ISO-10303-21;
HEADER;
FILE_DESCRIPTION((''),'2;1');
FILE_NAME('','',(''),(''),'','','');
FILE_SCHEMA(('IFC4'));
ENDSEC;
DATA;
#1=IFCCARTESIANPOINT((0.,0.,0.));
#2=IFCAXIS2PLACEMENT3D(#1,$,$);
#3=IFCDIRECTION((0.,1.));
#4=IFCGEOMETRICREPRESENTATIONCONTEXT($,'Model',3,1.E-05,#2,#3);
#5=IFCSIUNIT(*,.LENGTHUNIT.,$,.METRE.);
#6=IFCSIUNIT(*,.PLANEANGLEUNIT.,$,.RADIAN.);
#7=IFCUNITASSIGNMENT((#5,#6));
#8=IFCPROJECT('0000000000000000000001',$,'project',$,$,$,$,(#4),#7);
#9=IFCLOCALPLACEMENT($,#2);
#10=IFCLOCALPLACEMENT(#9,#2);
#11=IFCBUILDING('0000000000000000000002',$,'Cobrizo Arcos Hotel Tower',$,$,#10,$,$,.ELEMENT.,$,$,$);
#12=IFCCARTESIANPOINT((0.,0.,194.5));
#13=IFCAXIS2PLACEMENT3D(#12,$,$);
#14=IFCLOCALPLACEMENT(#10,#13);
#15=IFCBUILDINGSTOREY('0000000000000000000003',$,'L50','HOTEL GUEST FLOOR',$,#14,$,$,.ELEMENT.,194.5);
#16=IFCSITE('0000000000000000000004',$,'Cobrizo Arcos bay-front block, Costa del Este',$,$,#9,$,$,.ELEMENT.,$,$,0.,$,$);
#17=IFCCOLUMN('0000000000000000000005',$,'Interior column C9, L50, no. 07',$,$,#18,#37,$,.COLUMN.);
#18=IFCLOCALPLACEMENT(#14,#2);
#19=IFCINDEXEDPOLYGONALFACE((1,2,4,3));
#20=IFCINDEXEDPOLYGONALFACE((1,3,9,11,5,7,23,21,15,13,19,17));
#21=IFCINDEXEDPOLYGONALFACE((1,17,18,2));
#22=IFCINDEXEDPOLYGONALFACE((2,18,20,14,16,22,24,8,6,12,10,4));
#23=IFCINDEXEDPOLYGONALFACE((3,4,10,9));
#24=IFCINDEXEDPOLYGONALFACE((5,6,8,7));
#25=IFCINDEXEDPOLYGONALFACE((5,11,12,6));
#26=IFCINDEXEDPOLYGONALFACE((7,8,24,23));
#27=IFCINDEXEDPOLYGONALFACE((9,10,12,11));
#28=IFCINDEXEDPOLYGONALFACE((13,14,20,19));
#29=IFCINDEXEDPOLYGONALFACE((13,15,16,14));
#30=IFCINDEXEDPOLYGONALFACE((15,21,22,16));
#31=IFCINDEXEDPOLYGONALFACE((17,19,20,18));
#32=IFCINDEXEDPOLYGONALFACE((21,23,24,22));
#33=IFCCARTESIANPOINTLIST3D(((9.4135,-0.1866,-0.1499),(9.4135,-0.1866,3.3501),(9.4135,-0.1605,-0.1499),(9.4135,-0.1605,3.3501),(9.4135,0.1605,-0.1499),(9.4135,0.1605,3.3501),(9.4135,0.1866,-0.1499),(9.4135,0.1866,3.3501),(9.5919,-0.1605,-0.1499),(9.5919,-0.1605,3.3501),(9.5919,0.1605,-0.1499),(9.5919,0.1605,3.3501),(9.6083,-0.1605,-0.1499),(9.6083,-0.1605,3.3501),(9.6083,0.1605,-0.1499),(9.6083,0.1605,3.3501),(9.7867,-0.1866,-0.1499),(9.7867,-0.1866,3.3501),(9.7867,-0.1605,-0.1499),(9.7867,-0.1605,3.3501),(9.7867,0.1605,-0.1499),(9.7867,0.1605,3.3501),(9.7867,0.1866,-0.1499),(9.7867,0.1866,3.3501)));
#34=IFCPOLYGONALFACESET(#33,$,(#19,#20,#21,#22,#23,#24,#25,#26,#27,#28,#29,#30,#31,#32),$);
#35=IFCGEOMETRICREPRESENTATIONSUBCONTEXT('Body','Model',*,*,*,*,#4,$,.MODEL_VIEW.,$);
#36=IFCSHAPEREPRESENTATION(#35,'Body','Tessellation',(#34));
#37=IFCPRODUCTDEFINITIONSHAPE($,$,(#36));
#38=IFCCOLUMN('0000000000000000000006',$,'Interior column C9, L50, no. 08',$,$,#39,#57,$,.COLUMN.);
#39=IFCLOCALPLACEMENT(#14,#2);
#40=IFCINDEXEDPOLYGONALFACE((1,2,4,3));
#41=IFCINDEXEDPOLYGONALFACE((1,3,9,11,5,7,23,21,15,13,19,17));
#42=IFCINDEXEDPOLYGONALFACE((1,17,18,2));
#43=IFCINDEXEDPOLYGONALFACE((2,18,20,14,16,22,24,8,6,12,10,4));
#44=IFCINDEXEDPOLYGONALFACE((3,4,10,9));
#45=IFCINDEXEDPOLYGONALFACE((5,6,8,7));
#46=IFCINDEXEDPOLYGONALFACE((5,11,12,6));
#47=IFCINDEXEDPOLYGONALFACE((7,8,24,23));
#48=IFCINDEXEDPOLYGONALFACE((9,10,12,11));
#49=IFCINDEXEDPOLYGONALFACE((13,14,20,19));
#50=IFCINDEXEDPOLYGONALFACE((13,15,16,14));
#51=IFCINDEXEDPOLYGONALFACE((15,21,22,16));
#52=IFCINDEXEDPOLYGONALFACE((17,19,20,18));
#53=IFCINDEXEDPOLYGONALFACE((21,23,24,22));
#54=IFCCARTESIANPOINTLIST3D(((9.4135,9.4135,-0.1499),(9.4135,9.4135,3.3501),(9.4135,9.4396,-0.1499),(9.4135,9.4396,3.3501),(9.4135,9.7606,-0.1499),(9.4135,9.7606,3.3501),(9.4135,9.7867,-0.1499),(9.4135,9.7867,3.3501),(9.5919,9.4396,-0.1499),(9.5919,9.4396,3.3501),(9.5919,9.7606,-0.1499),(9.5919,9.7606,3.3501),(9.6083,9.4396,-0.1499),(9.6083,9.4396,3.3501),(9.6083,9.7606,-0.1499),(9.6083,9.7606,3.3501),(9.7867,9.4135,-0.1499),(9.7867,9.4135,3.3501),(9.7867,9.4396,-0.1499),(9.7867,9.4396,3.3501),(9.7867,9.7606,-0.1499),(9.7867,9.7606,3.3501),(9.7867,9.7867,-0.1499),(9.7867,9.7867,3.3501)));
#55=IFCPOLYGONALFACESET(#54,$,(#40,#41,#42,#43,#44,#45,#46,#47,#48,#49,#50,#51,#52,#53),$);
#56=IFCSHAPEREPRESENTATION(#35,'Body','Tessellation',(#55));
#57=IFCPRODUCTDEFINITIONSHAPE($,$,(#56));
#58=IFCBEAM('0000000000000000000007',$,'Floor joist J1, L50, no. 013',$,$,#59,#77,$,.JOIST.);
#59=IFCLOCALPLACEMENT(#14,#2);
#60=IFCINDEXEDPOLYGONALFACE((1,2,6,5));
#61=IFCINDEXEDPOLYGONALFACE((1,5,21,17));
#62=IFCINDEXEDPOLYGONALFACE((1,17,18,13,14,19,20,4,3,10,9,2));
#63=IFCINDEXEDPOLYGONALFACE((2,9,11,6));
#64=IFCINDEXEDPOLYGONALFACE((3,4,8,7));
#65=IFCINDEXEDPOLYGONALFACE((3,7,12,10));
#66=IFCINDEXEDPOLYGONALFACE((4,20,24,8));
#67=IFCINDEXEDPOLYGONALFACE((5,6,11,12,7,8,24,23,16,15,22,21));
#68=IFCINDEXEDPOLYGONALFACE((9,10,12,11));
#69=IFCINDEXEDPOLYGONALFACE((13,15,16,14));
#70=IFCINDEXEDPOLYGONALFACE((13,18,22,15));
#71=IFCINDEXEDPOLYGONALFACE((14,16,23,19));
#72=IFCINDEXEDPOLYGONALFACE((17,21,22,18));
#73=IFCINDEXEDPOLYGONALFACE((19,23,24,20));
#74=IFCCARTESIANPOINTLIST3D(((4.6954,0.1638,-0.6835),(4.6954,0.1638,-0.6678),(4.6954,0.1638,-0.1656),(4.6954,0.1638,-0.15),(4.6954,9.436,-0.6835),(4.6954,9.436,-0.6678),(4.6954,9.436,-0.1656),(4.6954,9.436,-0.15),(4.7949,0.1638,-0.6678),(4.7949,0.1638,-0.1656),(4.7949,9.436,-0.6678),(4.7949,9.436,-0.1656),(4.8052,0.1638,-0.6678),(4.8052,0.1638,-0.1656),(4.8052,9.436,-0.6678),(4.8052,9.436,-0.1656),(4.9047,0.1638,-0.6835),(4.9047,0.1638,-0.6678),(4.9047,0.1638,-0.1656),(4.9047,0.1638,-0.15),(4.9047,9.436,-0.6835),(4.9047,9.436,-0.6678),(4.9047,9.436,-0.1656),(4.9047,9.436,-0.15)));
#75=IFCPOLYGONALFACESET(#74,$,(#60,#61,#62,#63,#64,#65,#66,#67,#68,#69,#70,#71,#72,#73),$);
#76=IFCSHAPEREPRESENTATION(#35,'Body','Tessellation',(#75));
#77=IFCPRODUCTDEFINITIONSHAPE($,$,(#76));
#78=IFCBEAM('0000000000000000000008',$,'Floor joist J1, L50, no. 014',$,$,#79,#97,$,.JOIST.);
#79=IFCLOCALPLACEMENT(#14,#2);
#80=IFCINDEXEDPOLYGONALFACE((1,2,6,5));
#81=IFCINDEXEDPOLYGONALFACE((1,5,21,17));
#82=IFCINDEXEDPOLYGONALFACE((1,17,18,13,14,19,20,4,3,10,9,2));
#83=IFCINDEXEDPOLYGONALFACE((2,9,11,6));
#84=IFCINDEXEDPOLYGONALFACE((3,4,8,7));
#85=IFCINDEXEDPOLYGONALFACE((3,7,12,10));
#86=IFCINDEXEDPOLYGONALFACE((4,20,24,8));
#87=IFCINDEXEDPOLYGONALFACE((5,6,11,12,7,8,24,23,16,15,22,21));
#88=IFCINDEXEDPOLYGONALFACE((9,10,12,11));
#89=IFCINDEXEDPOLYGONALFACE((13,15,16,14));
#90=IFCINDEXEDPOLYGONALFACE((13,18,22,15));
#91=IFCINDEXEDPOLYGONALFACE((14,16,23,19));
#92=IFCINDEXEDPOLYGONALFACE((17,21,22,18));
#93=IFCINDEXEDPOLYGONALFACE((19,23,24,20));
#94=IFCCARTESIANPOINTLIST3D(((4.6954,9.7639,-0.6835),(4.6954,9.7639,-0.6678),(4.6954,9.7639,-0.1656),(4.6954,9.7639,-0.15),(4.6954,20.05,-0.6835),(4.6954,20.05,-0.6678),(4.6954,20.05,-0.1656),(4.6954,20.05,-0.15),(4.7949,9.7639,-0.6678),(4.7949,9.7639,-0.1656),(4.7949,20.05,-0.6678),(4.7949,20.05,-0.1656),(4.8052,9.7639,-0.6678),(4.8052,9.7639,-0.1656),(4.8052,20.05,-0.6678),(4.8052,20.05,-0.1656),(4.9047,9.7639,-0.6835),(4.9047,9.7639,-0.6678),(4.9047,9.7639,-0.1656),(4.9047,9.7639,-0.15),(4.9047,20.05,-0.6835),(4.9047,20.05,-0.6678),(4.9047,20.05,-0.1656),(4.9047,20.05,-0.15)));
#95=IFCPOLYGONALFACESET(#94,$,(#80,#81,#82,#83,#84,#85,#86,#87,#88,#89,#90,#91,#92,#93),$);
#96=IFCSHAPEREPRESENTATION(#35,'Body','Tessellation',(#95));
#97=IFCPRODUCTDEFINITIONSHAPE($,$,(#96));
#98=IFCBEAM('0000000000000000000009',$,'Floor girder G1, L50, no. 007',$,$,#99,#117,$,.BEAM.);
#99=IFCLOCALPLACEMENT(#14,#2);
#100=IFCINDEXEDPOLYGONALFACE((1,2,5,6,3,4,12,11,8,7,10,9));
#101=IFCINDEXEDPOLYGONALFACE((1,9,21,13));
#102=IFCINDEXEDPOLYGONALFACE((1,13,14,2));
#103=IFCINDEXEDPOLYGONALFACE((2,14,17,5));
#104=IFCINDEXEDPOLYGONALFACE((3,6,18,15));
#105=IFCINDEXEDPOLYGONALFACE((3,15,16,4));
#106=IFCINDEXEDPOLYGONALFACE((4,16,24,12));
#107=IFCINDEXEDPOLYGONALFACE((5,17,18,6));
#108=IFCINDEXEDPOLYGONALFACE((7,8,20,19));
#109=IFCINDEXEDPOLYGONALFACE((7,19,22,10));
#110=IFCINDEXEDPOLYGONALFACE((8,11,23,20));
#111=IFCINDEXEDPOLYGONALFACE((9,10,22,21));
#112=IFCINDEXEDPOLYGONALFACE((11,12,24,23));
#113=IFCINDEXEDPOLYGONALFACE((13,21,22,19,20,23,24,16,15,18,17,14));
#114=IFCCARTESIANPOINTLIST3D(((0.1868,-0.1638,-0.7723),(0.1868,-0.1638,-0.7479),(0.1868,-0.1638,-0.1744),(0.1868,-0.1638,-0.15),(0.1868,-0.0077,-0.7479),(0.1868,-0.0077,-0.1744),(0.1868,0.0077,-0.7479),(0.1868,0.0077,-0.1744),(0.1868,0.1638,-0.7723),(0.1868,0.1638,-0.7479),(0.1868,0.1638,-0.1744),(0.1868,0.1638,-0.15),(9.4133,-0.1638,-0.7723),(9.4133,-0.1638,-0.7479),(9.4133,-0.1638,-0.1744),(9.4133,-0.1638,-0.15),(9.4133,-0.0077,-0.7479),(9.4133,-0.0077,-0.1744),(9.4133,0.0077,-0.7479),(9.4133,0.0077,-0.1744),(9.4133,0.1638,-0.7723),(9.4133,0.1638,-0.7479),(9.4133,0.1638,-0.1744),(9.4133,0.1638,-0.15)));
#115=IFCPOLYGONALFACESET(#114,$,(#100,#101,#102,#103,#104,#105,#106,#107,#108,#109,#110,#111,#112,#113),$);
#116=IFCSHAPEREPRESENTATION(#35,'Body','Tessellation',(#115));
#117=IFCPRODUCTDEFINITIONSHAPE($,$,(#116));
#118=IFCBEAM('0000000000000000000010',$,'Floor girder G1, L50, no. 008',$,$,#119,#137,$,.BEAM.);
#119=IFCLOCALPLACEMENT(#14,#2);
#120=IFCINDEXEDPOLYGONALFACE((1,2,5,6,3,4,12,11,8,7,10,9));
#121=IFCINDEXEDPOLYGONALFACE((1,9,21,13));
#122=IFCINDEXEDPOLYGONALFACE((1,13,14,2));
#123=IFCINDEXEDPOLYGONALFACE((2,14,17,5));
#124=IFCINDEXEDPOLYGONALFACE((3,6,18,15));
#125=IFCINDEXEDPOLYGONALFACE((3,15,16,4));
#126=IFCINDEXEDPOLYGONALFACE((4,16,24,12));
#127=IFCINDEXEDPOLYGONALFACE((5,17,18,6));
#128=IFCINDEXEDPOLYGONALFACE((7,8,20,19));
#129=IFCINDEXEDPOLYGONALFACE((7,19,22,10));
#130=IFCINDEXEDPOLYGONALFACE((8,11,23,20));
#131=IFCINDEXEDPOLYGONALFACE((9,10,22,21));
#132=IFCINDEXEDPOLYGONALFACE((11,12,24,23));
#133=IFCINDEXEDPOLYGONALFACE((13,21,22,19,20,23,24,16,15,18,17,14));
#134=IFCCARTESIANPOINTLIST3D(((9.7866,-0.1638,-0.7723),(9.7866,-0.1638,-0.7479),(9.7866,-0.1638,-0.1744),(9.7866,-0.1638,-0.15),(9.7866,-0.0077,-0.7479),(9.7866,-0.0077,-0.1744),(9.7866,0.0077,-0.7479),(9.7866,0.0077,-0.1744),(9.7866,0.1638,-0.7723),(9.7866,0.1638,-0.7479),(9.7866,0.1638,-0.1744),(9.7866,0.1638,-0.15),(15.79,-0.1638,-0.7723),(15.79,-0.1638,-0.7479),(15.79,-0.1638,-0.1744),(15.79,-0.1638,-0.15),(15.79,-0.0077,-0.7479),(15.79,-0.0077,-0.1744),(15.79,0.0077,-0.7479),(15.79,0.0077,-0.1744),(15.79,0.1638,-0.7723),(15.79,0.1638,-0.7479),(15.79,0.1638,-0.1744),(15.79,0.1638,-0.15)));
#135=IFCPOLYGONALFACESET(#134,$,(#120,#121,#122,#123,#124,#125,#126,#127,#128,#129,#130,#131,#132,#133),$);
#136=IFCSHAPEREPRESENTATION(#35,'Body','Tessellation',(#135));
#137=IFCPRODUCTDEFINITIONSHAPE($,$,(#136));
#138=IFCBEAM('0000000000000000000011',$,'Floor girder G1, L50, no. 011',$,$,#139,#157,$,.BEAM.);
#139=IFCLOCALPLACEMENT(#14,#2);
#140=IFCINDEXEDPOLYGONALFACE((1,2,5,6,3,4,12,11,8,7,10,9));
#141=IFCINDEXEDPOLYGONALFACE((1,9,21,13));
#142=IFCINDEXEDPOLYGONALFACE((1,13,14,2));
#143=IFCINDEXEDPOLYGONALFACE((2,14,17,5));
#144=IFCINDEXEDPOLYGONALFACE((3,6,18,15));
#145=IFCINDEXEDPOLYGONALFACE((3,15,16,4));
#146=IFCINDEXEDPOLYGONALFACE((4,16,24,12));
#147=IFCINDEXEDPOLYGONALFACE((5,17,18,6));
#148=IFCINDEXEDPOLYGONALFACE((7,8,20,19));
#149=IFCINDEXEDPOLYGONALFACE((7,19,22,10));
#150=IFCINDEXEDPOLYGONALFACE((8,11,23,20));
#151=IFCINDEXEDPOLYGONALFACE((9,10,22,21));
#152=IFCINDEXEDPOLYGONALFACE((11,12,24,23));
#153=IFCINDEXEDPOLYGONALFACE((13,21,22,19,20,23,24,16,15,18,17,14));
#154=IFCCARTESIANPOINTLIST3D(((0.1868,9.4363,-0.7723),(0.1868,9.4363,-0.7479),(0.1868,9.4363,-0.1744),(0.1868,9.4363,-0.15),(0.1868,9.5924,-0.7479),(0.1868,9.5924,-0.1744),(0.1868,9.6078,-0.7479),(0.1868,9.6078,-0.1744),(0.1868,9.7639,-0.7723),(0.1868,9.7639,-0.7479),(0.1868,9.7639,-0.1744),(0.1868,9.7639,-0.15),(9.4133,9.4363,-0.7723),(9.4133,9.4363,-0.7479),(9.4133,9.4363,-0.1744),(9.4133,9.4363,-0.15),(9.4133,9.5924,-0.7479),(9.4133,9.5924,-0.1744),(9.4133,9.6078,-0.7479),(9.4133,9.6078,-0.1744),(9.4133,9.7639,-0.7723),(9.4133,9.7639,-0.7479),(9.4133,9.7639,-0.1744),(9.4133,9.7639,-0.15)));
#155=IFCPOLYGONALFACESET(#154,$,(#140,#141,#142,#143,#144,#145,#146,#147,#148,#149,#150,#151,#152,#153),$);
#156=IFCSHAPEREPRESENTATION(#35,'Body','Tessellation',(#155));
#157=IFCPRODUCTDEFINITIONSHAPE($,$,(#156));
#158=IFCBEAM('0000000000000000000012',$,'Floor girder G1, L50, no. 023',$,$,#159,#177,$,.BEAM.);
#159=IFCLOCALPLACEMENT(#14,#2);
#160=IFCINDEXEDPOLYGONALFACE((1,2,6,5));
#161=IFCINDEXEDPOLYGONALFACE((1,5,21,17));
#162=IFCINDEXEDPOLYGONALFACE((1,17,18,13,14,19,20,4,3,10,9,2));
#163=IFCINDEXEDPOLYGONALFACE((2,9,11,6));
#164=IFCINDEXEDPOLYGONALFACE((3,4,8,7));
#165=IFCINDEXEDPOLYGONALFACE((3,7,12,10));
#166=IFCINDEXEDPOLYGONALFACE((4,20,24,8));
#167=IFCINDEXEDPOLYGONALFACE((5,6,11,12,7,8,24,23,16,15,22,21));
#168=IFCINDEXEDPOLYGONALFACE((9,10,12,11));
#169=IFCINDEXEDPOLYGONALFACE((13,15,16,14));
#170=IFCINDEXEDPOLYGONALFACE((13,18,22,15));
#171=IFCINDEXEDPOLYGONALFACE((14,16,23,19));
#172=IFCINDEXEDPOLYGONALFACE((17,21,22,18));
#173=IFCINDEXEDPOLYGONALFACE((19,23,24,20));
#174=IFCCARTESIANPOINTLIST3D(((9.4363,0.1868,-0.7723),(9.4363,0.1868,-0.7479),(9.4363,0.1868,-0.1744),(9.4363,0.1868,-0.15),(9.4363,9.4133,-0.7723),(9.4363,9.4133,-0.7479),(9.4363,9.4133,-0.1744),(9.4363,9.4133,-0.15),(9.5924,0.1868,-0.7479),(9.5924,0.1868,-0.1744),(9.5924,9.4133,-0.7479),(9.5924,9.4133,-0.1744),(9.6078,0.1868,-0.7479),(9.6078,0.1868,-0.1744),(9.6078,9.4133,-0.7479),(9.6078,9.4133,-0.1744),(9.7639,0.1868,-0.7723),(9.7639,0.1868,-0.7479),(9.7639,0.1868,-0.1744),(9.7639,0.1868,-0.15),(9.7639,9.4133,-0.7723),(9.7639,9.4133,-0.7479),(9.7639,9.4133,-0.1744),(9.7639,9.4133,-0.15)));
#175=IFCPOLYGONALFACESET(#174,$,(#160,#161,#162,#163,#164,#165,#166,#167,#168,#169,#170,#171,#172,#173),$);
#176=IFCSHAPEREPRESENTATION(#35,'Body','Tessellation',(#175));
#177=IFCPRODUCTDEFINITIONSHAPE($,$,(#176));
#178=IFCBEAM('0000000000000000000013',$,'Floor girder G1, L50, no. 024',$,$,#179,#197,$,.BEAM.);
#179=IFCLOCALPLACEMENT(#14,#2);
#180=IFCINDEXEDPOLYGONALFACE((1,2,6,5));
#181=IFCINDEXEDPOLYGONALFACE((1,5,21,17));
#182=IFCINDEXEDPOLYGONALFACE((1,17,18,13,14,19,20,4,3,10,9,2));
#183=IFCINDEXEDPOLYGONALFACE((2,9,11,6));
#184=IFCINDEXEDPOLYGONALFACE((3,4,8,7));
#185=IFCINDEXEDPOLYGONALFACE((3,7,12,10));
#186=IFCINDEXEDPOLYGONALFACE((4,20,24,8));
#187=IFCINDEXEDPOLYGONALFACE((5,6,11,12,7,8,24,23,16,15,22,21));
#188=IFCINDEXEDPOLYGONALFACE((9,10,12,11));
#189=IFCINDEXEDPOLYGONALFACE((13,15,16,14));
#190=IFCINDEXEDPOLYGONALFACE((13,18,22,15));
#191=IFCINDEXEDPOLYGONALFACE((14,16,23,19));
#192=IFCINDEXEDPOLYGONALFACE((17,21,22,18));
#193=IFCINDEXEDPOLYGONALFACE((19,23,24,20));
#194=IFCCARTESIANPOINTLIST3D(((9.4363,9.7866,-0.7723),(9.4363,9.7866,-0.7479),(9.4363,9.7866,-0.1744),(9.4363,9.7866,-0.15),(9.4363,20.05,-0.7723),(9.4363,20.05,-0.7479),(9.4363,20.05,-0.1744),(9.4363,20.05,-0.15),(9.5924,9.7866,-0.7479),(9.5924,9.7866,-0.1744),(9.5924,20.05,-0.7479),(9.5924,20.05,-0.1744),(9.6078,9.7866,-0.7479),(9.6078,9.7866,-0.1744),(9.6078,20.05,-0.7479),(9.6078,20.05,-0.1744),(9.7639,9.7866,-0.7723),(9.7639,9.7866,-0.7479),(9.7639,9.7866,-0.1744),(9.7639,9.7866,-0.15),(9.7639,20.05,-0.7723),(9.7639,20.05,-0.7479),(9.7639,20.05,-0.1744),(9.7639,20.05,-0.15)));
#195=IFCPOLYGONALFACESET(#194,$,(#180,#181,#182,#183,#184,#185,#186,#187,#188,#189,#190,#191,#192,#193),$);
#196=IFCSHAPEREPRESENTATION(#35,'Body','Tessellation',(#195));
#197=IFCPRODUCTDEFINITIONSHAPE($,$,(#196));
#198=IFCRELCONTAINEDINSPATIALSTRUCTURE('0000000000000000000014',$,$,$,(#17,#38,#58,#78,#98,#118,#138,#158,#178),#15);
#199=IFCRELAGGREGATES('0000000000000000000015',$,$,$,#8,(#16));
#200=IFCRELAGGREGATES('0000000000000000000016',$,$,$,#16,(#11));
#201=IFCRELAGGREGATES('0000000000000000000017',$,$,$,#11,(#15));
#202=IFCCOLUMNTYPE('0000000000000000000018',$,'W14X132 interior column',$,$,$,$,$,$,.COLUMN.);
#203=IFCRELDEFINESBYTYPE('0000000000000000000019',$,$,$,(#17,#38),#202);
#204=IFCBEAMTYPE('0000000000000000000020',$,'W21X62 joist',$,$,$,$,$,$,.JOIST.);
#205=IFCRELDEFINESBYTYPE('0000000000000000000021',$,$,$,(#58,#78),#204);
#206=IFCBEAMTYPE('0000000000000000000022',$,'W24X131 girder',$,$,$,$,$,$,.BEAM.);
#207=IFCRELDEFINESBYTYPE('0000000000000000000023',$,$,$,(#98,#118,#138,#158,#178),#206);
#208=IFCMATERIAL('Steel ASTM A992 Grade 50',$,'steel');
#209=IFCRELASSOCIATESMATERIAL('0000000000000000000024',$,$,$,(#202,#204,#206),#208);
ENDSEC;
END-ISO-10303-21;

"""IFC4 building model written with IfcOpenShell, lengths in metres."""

from ifc_helpers import new_model, si_unit, direction, frame, origin, origin_2d, place, context, subcontext, project, spatial, i_section, extrude, material, material_profile, profile_set, type_object, element, save


model = new_model("IFC4")

# Units and contexts
model_context = context("Model", 3, precision=1e-05, world=origin(), true_north=direction((0.0, 1.0)))
body_context = subcontext(model_context, "Body", "Model", "MODEL_VIEW")
ifc_project = project(units=[si_unit("LENGTHUNIT", "METRE"), si_unit("PLANEANGLEUNIT", "RADIAN")], contexts=[model_context])

# Site, building, storey
site_placement = place(None, origin())
site = spatial("IfcSite", under=ifc_project, at=site_placement, Name="Cobrizo Arcos bay-front block, Costa del Este", CompositionType="ELEMENT", RefElevation=0.0)
building_placement = place(site_placement, origin())
building = spatial("IfcBuilding", under=site, at=building_placement, Name="Cobrizo Arcos Hotel Tower", CompositionType="ELEMENT")
storey_placement = place(building_placement, frame((0.0, 0.0, 194.5)))
storey = spatial("IfcBuildingStorey", under=building, at=storey_placement, Name="L50", Description="HOTEL GUEST FLOOR", CompositionType="ELEMENT", Elevation=194.5)

# Columns
ifc_material_1 = material(Name="Steel ASTM A992 Grade 50", Category="steel")
ifc_material_profile_1 = material_profile(ifc_material_1, i_section(OverallWidth=0.3733, OverallDepth=0.3733, WebThickness=0.0164, FlangeThickness=0.0261, at=origin_2d()), Name="W14X132")
ifc_profile_set_1 = profile_set([ifc_material_profile_1], Name="Steel ASTM A992 Grade 50")
column_type = type_object("IfcColumnType", Name="W14X132 interior column", PredefinedType="COLUMN", material=ifc_profile_set_1)
for number, where, z_axis, x_axis, name in (
    (1, (9.6001, 0.0, -0.1499), (0.0, 0.0, 1.0), (1.0, 0.0, 0.0), "Interior column C9, L50, no. 07"),
    (2, (9.6001, 9.6001, -0.1499), (0.0, 0.0, 1.0), (1.0, 0.0, 0.0), "Interior column C9, L50, no. 08"),
):
    element("IfcColumn", number, at=place(storey_placement, frame(where, z_axis=z_axis, x_axis=x_axis)), inside=storey, type_object=column_type, Name=name, PredefinedType="COLUMN", context=body_context, shape_type="SweptSolid", body=[
        extrude(i_section(OverallWidth=0.3733, OverallDepth=0.3733, WebThickness=0.0164, FlangeThickness=0.0261, at=origin_2d()), origin(), (0.0, 0.0, 1.0), 3.5),
    ])

# Beams
ifc_material_profile_2 = material_profile(ifc_material_1, i_section(OverallWidth=0.2092, OverallDepth=0.5334, WebThickness=0.0103, FlangeThickness=0.0156, at=origin_2d()), Name="W21X62")
ifc_profile_set_2 = profile_set([ifc_material_profile_2], Name="Steel ASTM A992 Grade 50")
beam_type_1 = type_object("IfcBeamType", Name="W21X62 joist", PredefinedType="JOIST", material=ifc_profile_set_2)
beam_1_placement = place(storey_placement, frame((4.8, 0.1638, -0.4167), z_axis=(0.0, 1.0, 0.0), x_axis=(-1.0, 0.0, 0.0)))
element("IfcBeam", 3, at=beam_1_placement, inside=storey, type_object=beam_type_1, Name="Floor joist J1, L50, no. 013", PredefinedType="JOIST", context=body_context, shape_type="SweptSolid", body=[
    extrude(i_section(OverallWidth=0.2092, OverallDepth=0.5334, WebThickness=0.0103, FlangeThickness=0.0156, at=origin_2d()), origin(), (0.0, 0.0, 1.0), 9.2722),
])
beam_2_placement = place(storey_placement, frame((4.8, 9.7639, -0.4167), z_axis=(0.0, 1.0, 0.0), x_axis=(-1.0, 0.0, 0.0)))
element("IfcBeam", 4, at=beam_2_placement, inside=storey, type_object=beam_type_1, Name="Floor joist J1, L50, no. 014", PredefinedType="JOIST", context=body_context, shape_type="SweptSolid", body=[
    extrude(i_section(OverallWidth=0.2092, OverallDepth=0.5334, WebThickness=0.0103, FlangeThickness=0.0156, at=origin_2d()), origin(), (0.0, 0.0, 1.0), 10.2861),
])
ifc_material_profile_3 = material_profile(ifc_material_1, i_section(OverallWidth=0.3276, OverallDepth=0.6223, WebThickness=0.0154, FlangeThickness=0.0244, at=origin_2d()), Name="W24X131")
ifc_profile_set_3 = profile_set([ifc_material_profile_3], Name="Steel ASTM A992 Grade 50")
beam_type_2 = type_object("IfcBeamType", Name="W24X131 girder", PredefinedType="BEAM", material=ifc_profile_set_3)
beam_3_placement = place(storey_placement, frame((0.1868, 0.0, -0.4612), z_axis=(1.0, 0.0, 0.0), x_axis=(0.0, 1.0, 0.0)))
element("IfcBeam", 5, at=beam_3_placement, inside=storey, type_object=beam_type_2, Name="Floor girder G1, L50, no. 007", PredefinedType="BEAM", context=body_context, shape_type="SweptSolid", body=[
    extrude(i_section(OverallWidth=0.3276, OverallDepth=0.6223, WebThickness=0.0154, FlangeThickness=0.0244, at=origin_2d()), origin(), (0.0, 0.0, 1.0), 9.2266),
])
beam_4_placement = place(storey_placement, frame((9.7866, 0.0, -0.4612), z_axis=(1.0, 0.0, 0.0), x_axis=(0.0, 1.0, 0.0)))
element("IfcBeam", 6, at=beam_4_placement, inside=storey, type_object=beam_type_2, Name="Floor girder G1, L50, no. 008", PredefinedType="BEAM", context=body_context, shape_type="SweptSolid", body=[
    extrude(i_section(OverallWidth=0.3276, OverallDepth=0.6223, WebThickness=0.0154, FlangeThickness=0.0244, at=origin_2d()), origin(), (0.0, 0.0, 1.0), 6.0034),
])
for number, where, z_axis, x_axis, name in (
    (7, (0.1868, 9.6001, -0.4612), (1.0, 0.0, 0.0), (0.0, 1.0, 0.0), "Floor girder G1, L50, no. 011"),
    (8, (9.6001, 0.1868, -0.4612), (0.0, 1.0, 0.0), (-1.0, 0.0, 0.0), "Floor girder G1, L50, no. 023"),
):
    element("IfcBeam", number, at=place(storey_placement, frame(where, z_axis=z_axis, x_axis=x_axis)), inside=storey, type_object=beam_type_2, Name=name, PredefinedType="BEAM", context=body_context, shape_type="SweptSolid", body=[
        extrude(i_section(OverallWidth=0.3276, OverallDepth=0.6223, WebThickness=0.0154, FlangeThickness=0.0244, at=origin_2d()), origin(), (0.0, 0.0, 1.0), 9.2266),
    ])
beam_5_placement = place(storey_placement, frame((9.6001, 9.7866, -0.4612), z_axis=(0.0, 1.0, 0.0), x_axis=(-1.0, 0.0, 0.0)))
element("IfcBeam", 9, at=beam_5_placement, inside=storey, type_object=beam_type_2, Name="Floor girder G1, L50, no. 024", PredefinedType="BEAM", context=body_context, shape_type="SweptSolid", body=[
    extrude(i_section(OverallWidth=0.3276, OverallDepth=0.6223, WebThickness=0.0154, FlangeThickness=0.0244, at=origin_2d()), origin(), (0.0, 0.0, 1.0), 10.2634),
])

save(model, "model.ifc")
